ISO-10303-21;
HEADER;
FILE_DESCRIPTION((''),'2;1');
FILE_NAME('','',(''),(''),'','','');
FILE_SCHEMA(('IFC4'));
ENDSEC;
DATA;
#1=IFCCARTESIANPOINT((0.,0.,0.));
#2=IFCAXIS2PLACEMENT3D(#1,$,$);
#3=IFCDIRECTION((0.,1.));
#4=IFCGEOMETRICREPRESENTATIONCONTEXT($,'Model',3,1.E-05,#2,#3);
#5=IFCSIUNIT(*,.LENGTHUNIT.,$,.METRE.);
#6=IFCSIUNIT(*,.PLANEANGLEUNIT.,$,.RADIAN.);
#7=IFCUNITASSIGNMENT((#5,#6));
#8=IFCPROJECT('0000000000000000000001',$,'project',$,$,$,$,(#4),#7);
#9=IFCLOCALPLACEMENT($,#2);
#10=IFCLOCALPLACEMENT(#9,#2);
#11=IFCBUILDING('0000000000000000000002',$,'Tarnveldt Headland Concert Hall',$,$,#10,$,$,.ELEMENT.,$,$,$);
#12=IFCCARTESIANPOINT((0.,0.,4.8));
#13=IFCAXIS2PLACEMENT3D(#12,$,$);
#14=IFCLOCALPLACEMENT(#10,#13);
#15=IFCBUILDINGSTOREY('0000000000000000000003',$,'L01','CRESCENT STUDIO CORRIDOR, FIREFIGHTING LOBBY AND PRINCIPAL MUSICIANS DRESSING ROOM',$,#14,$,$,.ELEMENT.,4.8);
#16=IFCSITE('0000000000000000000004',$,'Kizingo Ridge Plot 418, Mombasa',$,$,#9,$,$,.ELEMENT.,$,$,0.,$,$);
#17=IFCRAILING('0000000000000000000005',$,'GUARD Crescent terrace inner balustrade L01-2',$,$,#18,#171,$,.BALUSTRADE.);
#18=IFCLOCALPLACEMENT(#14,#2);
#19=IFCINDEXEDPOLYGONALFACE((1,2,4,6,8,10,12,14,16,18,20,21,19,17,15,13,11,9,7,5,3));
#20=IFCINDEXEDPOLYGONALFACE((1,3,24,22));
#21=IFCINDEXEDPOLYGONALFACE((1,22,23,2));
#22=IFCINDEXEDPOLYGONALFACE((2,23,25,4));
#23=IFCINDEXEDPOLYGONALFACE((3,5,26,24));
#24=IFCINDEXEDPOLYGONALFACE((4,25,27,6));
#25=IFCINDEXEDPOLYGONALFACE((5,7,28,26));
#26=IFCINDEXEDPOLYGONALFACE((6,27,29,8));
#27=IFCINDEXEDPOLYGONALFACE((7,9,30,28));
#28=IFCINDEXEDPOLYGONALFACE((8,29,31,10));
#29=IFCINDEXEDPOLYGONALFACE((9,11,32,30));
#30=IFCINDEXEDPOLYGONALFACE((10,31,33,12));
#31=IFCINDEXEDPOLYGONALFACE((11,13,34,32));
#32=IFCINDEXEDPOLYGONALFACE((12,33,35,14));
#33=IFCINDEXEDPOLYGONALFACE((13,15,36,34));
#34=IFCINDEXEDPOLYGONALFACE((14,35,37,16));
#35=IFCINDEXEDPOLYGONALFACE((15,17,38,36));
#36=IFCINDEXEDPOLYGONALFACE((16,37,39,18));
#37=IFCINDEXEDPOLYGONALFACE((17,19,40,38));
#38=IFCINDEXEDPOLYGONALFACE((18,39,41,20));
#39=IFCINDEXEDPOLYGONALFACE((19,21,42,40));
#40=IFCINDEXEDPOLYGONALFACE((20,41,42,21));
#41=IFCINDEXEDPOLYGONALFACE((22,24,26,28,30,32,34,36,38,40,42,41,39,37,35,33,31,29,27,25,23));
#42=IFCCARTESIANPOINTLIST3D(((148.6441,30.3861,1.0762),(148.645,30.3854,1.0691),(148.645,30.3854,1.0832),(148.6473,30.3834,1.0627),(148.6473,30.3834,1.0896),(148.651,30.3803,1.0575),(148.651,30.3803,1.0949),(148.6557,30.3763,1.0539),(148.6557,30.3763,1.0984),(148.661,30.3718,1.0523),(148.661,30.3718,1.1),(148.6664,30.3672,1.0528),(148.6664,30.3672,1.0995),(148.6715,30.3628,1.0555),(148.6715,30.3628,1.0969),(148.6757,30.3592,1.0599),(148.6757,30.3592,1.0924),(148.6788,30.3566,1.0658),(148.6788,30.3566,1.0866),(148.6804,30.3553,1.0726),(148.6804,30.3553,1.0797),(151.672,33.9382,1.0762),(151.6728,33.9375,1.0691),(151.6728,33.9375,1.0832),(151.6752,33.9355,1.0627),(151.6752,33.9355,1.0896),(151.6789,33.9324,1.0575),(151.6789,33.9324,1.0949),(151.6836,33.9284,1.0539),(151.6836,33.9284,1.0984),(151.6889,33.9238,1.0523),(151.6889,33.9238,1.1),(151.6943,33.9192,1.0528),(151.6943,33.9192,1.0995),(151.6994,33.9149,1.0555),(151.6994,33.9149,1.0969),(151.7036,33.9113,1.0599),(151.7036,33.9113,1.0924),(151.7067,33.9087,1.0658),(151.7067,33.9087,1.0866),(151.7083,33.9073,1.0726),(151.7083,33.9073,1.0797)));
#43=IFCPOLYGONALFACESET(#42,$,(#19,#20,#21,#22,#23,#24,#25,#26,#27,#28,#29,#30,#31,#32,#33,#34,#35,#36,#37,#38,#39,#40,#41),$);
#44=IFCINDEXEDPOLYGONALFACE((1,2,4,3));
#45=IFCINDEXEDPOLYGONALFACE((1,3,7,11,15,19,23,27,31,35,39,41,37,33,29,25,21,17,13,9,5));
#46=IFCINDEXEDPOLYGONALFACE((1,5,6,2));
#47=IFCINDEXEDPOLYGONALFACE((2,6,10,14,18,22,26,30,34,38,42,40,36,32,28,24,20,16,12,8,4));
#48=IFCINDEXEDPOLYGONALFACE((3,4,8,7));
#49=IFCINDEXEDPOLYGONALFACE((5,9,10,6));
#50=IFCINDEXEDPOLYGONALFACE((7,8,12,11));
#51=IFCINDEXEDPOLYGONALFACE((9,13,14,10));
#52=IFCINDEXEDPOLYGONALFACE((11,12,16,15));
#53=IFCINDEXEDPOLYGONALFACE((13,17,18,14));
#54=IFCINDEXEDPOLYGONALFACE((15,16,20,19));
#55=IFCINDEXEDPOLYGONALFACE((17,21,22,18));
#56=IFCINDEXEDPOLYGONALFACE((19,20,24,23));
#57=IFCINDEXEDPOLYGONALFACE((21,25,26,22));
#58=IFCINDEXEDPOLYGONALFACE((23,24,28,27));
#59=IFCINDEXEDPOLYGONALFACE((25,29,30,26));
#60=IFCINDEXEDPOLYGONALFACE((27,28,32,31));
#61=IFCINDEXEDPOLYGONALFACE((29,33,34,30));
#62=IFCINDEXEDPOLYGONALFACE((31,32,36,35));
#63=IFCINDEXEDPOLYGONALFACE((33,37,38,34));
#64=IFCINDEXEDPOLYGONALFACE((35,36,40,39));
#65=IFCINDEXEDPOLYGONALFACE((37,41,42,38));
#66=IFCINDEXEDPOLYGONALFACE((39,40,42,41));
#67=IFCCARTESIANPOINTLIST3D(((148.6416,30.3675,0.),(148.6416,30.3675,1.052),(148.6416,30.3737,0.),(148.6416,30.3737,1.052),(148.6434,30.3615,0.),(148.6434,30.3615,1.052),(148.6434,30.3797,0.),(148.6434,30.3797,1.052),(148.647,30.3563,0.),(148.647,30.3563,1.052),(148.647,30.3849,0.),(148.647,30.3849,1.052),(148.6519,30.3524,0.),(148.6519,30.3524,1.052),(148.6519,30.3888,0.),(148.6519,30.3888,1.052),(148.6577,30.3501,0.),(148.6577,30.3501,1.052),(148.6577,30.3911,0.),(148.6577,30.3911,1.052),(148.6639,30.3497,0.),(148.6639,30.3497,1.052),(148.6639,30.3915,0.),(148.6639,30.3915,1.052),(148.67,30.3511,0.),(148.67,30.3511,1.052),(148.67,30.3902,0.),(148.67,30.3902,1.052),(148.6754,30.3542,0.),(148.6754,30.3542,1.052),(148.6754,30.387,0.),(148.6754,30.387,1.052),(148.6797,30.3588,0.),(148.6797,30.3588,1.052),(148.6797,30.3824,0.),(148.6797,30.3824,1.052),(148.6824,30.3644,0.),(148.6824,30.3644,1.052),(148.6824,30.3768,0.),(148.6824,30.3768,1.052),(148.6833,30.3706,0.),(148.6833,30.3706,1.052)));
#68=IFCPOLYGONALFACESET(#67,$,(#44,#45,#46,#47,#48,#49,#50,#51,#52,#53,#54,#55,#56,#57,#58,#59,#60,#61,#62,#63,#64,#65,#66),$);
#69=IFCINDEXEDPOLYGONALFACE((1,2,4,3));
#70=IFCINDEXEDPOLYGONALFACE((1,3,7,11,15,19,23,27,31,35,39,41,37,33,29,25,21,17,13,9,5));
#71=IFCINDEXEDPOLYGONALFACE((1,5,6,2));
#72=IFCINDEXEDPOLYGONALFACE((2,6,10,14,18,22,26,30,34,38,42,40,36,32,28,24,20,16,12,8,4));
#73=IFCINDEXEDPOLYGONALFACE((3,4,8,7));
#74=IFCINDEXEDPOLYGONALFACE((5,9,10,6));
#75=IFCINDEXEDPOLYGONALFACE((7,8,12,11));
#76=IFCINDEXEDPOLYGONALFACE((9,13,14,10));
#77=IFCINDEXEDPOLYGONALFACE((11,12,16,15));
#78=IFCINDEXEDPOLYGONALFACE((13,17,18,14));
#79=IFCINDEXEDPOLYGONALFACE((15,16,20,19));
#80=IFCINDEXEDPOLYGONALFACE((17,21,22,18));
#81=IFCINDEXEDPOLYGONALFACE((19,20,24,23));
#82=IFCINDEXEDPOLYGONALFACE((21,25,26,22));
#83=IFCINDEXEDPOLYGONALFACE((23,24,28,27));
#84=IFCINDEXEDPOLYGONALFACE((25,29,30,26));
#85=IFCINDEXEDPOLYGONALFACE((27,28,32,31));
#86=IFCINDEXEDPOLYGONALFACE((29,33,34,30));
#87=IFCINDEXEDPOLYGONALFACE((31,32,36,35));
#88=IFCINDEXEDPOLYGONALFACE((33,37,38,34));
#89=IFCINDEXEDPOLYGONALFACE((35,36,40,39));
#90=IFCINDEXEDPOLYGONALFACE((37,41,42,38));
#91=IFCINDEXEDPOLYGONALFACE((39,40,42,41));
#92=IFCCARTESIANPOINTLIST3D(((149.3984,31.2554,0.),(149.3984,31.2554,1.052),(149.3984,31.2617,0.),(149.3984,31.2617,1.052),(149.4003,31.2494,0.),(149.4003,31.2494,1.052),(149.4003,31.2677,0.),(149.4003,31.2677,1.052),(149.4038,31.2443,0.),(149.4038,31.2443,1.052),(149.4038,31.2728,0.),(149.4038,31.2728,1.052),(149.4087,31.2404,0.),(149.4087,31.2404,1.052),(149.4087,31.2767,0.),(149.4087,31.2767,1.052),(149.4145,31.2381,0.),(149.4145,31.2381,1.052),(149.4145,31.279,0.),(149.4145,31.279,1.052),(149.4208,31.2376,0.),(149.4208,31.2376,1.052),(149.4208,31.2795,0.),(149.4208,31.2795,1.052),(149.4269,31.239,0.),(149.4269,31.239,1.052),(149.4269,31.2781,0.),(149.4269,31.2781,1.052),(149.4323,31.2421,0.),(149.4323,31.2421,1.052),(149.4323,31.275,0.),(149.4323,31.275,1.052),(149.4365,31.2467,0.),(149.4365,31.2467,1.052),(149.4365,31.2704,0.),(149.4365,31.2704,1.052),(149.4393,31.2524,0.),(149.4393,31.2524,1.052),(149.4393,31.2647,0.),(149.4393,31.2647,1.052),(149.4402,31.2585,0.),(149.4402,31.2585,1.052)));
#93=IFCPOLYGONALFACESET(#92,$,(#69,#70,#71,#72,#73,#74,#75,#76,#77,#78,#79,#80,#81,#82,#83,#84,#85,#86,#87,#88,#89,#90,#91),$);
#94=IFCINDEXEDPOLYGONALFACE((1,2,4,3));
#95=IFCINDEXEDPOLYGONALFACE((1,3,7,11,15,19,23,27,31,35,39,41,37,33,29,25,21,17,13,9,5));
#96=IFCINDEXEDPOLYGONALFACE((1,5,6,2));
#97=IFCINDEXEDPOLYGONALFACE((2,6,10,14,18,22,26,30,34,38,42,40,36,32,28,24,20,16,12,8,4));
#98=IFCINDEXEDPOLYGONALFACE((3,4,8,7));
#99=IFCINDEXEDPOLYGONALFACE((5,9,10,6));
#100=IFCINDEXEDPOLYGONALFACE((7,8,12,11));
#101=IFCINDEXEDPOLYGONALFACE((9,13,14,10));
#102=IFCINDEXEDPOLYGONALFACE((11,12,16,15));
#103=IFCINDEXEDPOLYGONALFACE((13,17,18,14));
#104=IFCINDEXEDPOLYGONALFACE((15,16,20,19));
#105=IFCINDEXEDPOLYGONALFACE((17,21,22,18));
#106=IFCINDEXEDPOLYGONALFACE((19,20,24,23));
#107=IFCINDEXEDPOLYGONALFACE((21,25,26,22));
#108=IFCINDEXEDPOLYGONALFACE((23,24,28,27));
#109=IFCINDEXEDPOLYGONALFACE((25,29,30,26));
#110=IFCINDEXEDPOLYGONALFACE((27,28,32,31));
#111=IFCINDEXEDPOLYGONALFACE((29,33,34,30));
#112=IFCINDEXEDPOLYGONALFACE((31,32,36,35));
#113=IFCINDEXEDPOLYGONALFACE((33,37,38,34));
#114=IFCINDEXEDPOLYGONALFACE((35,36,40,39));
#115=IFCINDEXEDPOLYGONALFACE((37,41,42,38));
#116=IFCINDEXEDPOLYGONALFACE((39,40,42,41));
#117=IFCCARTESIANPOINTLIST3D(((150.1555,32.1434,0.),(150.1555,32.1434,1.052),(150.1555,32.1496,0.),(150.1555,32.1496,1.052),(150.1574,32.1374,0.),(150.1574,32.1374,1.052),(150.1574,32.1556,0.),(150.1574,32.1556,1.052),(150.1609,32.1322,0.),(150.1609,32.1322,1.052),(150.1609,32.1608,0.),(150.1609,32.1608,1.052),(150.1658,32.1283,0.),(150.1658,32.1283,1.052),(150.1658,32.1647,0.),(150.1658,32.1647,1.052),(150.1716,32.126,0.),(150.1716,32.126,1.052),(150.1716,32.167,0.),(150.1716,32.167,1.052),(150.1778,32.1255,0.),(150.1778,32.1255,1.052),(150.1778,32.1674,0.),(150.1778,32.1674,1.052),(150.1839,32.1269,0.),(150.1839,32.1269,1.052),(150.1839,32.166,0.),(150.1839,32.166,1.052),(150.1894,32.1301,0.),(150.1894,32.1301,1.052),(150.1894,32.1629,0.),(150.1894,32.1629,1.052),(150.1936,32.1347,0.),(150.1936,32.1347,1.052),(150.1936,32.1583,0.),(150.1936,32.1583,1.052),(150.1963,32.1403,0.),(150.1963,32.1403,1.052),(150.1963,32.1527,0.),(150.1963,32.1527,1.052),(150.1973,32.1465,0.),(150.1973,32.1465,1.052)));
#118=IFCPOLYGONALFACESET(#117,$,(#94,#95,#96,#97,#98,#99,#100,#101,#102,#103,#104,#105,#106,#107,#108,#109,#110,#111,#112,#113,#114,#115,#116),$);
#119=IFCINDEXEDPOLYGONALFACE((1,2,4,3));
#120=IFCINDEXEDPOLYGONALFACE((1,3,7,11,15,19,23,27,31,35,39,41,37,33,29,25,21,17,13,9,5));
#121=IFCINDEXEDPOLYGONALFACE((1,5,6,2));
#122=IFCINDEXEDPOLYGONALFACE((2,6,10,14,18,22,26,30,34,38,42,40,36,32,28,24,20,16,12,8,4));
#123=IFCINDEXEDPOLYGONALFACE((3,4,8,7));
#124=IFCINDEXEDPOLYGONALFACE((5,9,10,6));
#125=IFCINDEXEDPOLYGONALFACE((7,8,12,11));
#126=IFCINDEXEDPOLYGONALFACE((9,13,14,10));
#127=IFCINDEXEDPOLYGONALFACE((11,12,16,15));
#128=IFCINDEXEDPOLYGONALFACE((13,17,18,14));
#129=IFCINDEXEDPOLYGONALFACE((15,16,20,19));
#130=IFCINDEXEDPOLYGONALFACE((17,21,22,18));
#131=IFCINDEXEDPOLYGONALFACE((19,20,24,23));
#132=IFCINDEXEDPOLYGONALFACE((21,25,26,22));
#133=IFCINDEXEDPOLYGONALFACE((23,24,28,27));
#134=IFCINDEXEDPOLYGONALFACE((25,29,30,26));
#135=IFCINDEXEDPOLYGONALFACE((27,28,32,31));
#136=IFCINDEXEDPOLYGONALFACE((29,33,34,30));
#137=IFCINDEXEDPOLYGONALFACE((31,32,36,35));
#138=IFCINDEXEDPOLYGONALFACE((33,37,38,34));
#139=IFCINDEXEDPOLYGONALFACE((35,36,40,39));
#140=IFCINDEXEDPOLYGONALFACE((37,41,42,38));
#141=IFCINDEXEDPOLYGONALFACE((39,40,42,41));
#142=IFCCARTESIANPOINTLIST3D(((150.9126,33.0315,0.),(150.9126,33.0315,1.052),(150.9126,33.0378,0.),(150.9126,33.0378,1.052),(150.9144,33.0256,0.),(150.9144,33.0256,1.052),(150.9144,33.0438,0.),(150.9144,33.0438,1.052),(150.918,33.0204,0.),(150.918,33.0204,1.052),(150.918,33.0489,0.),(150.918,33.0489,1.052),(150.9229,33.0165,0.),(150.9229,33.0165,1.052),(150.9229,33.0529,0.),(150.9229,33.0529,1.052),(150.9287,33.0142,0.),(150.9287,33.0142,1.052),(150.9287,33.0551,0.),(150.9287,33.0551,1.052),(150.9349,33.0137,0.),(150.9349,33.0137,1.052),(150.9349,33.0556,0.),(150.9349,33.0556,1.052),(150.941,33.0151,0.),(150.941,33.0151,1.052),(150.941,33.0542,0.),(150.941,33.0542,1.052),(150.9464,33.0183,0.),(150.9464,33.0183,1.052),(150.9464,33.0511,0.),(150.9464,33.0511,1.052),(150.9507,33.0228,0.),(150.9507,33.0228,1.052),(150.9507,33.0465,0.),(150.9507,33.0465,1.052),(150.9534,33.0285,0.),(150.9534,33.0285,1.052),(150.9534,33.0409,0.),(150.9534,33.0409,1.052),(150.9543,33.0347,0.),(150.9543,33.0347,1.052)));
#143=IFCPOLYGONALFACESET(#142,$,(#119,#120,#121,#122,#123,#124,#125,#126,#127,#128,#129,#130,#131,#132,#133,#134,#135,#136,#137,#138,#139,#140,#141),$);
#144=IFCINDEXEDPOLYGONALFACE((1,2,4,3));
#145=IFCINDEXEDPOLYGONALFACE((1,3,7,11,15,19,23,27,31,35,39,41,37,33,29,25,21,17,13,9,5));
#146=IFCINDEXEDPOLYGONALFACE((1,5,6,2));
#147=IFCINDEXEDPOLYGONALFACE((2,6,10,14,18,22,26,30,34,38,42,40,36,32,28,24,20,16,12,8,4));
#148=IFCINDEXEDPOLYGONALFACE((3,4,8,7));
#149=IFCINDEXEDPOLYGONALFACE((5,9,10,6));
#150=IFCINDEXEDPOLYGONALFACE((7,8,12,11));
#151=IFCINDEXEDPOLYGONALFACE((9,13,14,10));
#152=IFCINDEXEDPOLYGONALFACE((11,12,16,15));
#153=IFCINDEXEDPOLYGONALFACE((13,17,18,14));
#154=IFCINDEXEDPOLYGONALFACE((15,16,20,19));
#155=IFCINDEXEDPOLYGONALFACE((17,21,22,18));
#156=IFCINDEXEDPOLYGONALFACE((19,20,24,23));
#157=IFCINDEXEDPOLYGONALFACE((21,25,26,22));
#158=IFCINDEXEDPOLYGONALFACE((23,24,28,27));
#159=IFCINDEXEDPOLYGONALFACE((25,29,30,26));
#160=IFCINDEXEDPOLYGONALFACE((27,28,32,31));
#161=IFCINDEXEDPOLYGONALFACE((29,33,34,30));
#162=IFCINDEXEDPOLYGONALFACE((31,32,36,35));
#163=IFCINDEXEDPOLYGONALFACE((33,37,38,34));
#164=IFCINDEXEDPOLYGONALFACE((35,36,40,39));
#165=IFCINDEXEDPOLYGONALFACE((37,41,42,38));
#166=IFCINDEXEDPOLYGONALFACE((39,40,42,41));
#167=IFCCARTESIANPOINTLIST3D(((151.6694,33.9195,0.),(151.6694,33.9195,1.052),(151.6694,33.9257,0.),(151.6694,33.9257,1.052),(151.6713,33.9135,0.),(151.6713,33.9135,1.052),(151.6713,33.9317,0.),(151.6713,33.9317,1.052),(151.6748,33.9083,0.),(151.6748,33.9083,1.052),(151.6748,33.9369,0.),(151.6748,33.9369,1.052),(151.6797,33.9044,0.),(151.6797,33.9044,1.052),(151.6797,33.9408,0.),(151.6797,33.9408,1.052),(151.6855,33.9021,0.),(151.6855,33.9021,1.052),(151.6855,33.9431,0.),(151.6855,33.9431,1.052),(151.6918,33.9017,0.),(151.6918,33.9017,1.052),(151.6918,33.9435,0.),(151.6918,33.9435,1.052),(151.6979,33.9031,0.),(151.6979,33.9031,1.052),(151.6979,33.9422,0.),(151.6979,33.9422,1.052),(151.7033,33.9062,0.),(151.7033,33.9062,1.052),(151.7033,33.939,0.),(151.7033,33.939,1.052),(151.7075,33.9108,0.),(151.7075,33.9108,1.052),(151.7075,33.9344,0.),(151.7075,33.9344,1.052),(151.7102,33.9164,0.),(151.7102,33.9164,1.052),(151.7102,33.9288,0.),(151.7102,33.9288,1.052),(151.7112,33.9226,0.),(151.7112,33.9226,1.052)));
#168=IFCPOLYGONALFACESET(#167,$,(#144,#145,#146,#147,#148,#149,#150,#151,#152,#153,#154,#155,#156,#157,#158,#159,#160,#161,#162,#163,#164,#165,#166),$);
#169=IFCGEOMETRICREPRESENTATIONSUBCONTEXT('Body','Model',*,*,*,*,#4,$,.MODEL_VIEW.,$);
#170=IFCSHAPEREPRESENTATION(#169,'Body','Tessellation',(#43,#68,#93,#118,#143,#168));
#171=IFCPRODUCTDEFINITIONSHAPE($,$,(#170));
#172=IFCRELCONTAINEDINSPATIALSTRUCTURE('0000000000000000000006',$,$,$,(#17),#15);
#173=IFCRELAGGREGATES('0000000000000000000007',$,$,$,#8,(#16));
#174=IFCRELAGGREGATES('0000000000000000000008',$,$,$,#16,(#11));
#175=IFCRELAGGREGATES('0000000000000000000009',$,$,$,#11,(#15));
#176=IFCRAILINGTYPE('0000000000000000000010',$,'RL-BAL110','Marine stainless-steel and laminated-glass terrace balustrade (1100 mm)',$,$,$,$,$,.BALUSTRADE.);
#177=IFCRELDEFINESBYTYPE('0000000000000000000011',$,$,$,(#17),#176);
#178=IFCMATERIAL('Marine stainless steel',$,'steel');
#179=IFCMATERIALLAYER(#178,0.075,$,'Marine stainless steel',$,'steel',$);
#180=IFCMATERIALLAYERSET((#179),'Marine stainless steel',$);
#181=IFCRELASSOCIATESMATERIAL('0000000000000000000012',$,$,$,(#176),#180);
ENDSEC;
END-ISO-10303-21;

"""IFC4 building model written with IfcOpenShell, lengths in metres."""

from ifc_helpers import new_model, si_unit, direction, frame, origin, origin_2d, place, context, subcontext, project, spatial, circle, extrude, material, layer, layer_set, type_object, element, save


model = new_model("IFC4")

# Units and contexts
model_context = context("Model", 3, precision=1e-05, world=origin(), true_north=direction((0.0, 1.0)))
body_context = subcontext(model_context, "Body", "Model", "MODEL_VIEW")
ifc_project = project(units=[si_unit("LENGTHUNIT", "METRE"), si_unit("PLANEANGLEUNIT", "RADIAN")], contexts=[model_context])

# Site, building, storey
site_placement = place(None, origin())
site = spatial("IfcSite", under=ifc_project, at=site_placement, Name="Kizingo Ridge Plot 418, Mombasa", CompositionType="ELEMENT", RefElevation=0.0)
building_placement = place(site_placement, origin())
building = spatial("IfcBuilding", under=site, at=building_placement, Name="Tarnveldt Headland Concert Hall", CompositionType="ELEMENT")
storey_placement = place(building_placement, frame((0.0, 0.0, 4.8)))
storey = spatial("IfcBuildingStorey", under=building, at=storey_placement, Name="L01", Description="CRESCENT STUDIO CORRIDOR, FIREFIGHTING LOBBY AND PRINCIPAL MUSICIANS DRESSING ROOM", CompositionType="ELEMENT", Elevation=4.8)

# Railing
ifc_material_1 = material(Name="Marine stainless steel", Category="steel")
ifc_layer_1 = layer(ifc_material_1, 0.075, Name="Marine stainless steel", Category="steel")
ifc_layer_set_1 = layer_set([ifc_layer_1], Name="Marine stainless steel")
railing_type = type_object("IfcRailingType", Name="RL-BAL110", Description="Marine stainless-steel and laminated-glass terrace balustrade (1100 mm)", PredefinedType="BALUSTRADE", material=ifc_layer_set_1)
railing_1_placement = place(storey_placement, frame((148.6624, 30.3706, 0.0)))
element("IfcRailing", 1, at=railing_1_placement, inside=storey, type_object=railing_type, Name="GUARD Crescent terrace inner balustrade L01-2", PredefinedType="BALUSTRADE", context=body_context, shape_type="SweptSolid", body=[
    extrude(circle(Radius=0.0239, at=origin_2d()), frame((0.0, 0.0, 1.0762), z_axis=(0.648721, 0.761026, 0.0), x_axis=(-0.761026, 0.648721, 0.0)), (0.0, 0.0, 1.0), 4.6675),
    extrude(circle(Radius=0.021, at=origin_2d()), origin(), (0.0, 0.0, 1.0), 1.052),
    extrude(circle(Radius=0.021, at=origin_2d()), frame((0.7568, 0.8879, 0.0)), (0.0, 0.0, 1.0), 1.052),
    extrude(circle(Radius=0.021, at=origin_2d()), frame((1.5139, 1.7759, 0.0)), (0.0, 0.0, 1.0), 1.052),
    extrude(circle(Radius=0.021, at=origin_2d()), frame((2.271, 2.6641, 0.0)), (0.0, 0.0, 1.0), 1.052),
    extrude(circle(Radius=0.021, at=origin_2d()), frame((3.0278, 3.552, 0.0)), (0.0, 0.0, 1.0), 1.052),
])

save(model, "model.ifc")
